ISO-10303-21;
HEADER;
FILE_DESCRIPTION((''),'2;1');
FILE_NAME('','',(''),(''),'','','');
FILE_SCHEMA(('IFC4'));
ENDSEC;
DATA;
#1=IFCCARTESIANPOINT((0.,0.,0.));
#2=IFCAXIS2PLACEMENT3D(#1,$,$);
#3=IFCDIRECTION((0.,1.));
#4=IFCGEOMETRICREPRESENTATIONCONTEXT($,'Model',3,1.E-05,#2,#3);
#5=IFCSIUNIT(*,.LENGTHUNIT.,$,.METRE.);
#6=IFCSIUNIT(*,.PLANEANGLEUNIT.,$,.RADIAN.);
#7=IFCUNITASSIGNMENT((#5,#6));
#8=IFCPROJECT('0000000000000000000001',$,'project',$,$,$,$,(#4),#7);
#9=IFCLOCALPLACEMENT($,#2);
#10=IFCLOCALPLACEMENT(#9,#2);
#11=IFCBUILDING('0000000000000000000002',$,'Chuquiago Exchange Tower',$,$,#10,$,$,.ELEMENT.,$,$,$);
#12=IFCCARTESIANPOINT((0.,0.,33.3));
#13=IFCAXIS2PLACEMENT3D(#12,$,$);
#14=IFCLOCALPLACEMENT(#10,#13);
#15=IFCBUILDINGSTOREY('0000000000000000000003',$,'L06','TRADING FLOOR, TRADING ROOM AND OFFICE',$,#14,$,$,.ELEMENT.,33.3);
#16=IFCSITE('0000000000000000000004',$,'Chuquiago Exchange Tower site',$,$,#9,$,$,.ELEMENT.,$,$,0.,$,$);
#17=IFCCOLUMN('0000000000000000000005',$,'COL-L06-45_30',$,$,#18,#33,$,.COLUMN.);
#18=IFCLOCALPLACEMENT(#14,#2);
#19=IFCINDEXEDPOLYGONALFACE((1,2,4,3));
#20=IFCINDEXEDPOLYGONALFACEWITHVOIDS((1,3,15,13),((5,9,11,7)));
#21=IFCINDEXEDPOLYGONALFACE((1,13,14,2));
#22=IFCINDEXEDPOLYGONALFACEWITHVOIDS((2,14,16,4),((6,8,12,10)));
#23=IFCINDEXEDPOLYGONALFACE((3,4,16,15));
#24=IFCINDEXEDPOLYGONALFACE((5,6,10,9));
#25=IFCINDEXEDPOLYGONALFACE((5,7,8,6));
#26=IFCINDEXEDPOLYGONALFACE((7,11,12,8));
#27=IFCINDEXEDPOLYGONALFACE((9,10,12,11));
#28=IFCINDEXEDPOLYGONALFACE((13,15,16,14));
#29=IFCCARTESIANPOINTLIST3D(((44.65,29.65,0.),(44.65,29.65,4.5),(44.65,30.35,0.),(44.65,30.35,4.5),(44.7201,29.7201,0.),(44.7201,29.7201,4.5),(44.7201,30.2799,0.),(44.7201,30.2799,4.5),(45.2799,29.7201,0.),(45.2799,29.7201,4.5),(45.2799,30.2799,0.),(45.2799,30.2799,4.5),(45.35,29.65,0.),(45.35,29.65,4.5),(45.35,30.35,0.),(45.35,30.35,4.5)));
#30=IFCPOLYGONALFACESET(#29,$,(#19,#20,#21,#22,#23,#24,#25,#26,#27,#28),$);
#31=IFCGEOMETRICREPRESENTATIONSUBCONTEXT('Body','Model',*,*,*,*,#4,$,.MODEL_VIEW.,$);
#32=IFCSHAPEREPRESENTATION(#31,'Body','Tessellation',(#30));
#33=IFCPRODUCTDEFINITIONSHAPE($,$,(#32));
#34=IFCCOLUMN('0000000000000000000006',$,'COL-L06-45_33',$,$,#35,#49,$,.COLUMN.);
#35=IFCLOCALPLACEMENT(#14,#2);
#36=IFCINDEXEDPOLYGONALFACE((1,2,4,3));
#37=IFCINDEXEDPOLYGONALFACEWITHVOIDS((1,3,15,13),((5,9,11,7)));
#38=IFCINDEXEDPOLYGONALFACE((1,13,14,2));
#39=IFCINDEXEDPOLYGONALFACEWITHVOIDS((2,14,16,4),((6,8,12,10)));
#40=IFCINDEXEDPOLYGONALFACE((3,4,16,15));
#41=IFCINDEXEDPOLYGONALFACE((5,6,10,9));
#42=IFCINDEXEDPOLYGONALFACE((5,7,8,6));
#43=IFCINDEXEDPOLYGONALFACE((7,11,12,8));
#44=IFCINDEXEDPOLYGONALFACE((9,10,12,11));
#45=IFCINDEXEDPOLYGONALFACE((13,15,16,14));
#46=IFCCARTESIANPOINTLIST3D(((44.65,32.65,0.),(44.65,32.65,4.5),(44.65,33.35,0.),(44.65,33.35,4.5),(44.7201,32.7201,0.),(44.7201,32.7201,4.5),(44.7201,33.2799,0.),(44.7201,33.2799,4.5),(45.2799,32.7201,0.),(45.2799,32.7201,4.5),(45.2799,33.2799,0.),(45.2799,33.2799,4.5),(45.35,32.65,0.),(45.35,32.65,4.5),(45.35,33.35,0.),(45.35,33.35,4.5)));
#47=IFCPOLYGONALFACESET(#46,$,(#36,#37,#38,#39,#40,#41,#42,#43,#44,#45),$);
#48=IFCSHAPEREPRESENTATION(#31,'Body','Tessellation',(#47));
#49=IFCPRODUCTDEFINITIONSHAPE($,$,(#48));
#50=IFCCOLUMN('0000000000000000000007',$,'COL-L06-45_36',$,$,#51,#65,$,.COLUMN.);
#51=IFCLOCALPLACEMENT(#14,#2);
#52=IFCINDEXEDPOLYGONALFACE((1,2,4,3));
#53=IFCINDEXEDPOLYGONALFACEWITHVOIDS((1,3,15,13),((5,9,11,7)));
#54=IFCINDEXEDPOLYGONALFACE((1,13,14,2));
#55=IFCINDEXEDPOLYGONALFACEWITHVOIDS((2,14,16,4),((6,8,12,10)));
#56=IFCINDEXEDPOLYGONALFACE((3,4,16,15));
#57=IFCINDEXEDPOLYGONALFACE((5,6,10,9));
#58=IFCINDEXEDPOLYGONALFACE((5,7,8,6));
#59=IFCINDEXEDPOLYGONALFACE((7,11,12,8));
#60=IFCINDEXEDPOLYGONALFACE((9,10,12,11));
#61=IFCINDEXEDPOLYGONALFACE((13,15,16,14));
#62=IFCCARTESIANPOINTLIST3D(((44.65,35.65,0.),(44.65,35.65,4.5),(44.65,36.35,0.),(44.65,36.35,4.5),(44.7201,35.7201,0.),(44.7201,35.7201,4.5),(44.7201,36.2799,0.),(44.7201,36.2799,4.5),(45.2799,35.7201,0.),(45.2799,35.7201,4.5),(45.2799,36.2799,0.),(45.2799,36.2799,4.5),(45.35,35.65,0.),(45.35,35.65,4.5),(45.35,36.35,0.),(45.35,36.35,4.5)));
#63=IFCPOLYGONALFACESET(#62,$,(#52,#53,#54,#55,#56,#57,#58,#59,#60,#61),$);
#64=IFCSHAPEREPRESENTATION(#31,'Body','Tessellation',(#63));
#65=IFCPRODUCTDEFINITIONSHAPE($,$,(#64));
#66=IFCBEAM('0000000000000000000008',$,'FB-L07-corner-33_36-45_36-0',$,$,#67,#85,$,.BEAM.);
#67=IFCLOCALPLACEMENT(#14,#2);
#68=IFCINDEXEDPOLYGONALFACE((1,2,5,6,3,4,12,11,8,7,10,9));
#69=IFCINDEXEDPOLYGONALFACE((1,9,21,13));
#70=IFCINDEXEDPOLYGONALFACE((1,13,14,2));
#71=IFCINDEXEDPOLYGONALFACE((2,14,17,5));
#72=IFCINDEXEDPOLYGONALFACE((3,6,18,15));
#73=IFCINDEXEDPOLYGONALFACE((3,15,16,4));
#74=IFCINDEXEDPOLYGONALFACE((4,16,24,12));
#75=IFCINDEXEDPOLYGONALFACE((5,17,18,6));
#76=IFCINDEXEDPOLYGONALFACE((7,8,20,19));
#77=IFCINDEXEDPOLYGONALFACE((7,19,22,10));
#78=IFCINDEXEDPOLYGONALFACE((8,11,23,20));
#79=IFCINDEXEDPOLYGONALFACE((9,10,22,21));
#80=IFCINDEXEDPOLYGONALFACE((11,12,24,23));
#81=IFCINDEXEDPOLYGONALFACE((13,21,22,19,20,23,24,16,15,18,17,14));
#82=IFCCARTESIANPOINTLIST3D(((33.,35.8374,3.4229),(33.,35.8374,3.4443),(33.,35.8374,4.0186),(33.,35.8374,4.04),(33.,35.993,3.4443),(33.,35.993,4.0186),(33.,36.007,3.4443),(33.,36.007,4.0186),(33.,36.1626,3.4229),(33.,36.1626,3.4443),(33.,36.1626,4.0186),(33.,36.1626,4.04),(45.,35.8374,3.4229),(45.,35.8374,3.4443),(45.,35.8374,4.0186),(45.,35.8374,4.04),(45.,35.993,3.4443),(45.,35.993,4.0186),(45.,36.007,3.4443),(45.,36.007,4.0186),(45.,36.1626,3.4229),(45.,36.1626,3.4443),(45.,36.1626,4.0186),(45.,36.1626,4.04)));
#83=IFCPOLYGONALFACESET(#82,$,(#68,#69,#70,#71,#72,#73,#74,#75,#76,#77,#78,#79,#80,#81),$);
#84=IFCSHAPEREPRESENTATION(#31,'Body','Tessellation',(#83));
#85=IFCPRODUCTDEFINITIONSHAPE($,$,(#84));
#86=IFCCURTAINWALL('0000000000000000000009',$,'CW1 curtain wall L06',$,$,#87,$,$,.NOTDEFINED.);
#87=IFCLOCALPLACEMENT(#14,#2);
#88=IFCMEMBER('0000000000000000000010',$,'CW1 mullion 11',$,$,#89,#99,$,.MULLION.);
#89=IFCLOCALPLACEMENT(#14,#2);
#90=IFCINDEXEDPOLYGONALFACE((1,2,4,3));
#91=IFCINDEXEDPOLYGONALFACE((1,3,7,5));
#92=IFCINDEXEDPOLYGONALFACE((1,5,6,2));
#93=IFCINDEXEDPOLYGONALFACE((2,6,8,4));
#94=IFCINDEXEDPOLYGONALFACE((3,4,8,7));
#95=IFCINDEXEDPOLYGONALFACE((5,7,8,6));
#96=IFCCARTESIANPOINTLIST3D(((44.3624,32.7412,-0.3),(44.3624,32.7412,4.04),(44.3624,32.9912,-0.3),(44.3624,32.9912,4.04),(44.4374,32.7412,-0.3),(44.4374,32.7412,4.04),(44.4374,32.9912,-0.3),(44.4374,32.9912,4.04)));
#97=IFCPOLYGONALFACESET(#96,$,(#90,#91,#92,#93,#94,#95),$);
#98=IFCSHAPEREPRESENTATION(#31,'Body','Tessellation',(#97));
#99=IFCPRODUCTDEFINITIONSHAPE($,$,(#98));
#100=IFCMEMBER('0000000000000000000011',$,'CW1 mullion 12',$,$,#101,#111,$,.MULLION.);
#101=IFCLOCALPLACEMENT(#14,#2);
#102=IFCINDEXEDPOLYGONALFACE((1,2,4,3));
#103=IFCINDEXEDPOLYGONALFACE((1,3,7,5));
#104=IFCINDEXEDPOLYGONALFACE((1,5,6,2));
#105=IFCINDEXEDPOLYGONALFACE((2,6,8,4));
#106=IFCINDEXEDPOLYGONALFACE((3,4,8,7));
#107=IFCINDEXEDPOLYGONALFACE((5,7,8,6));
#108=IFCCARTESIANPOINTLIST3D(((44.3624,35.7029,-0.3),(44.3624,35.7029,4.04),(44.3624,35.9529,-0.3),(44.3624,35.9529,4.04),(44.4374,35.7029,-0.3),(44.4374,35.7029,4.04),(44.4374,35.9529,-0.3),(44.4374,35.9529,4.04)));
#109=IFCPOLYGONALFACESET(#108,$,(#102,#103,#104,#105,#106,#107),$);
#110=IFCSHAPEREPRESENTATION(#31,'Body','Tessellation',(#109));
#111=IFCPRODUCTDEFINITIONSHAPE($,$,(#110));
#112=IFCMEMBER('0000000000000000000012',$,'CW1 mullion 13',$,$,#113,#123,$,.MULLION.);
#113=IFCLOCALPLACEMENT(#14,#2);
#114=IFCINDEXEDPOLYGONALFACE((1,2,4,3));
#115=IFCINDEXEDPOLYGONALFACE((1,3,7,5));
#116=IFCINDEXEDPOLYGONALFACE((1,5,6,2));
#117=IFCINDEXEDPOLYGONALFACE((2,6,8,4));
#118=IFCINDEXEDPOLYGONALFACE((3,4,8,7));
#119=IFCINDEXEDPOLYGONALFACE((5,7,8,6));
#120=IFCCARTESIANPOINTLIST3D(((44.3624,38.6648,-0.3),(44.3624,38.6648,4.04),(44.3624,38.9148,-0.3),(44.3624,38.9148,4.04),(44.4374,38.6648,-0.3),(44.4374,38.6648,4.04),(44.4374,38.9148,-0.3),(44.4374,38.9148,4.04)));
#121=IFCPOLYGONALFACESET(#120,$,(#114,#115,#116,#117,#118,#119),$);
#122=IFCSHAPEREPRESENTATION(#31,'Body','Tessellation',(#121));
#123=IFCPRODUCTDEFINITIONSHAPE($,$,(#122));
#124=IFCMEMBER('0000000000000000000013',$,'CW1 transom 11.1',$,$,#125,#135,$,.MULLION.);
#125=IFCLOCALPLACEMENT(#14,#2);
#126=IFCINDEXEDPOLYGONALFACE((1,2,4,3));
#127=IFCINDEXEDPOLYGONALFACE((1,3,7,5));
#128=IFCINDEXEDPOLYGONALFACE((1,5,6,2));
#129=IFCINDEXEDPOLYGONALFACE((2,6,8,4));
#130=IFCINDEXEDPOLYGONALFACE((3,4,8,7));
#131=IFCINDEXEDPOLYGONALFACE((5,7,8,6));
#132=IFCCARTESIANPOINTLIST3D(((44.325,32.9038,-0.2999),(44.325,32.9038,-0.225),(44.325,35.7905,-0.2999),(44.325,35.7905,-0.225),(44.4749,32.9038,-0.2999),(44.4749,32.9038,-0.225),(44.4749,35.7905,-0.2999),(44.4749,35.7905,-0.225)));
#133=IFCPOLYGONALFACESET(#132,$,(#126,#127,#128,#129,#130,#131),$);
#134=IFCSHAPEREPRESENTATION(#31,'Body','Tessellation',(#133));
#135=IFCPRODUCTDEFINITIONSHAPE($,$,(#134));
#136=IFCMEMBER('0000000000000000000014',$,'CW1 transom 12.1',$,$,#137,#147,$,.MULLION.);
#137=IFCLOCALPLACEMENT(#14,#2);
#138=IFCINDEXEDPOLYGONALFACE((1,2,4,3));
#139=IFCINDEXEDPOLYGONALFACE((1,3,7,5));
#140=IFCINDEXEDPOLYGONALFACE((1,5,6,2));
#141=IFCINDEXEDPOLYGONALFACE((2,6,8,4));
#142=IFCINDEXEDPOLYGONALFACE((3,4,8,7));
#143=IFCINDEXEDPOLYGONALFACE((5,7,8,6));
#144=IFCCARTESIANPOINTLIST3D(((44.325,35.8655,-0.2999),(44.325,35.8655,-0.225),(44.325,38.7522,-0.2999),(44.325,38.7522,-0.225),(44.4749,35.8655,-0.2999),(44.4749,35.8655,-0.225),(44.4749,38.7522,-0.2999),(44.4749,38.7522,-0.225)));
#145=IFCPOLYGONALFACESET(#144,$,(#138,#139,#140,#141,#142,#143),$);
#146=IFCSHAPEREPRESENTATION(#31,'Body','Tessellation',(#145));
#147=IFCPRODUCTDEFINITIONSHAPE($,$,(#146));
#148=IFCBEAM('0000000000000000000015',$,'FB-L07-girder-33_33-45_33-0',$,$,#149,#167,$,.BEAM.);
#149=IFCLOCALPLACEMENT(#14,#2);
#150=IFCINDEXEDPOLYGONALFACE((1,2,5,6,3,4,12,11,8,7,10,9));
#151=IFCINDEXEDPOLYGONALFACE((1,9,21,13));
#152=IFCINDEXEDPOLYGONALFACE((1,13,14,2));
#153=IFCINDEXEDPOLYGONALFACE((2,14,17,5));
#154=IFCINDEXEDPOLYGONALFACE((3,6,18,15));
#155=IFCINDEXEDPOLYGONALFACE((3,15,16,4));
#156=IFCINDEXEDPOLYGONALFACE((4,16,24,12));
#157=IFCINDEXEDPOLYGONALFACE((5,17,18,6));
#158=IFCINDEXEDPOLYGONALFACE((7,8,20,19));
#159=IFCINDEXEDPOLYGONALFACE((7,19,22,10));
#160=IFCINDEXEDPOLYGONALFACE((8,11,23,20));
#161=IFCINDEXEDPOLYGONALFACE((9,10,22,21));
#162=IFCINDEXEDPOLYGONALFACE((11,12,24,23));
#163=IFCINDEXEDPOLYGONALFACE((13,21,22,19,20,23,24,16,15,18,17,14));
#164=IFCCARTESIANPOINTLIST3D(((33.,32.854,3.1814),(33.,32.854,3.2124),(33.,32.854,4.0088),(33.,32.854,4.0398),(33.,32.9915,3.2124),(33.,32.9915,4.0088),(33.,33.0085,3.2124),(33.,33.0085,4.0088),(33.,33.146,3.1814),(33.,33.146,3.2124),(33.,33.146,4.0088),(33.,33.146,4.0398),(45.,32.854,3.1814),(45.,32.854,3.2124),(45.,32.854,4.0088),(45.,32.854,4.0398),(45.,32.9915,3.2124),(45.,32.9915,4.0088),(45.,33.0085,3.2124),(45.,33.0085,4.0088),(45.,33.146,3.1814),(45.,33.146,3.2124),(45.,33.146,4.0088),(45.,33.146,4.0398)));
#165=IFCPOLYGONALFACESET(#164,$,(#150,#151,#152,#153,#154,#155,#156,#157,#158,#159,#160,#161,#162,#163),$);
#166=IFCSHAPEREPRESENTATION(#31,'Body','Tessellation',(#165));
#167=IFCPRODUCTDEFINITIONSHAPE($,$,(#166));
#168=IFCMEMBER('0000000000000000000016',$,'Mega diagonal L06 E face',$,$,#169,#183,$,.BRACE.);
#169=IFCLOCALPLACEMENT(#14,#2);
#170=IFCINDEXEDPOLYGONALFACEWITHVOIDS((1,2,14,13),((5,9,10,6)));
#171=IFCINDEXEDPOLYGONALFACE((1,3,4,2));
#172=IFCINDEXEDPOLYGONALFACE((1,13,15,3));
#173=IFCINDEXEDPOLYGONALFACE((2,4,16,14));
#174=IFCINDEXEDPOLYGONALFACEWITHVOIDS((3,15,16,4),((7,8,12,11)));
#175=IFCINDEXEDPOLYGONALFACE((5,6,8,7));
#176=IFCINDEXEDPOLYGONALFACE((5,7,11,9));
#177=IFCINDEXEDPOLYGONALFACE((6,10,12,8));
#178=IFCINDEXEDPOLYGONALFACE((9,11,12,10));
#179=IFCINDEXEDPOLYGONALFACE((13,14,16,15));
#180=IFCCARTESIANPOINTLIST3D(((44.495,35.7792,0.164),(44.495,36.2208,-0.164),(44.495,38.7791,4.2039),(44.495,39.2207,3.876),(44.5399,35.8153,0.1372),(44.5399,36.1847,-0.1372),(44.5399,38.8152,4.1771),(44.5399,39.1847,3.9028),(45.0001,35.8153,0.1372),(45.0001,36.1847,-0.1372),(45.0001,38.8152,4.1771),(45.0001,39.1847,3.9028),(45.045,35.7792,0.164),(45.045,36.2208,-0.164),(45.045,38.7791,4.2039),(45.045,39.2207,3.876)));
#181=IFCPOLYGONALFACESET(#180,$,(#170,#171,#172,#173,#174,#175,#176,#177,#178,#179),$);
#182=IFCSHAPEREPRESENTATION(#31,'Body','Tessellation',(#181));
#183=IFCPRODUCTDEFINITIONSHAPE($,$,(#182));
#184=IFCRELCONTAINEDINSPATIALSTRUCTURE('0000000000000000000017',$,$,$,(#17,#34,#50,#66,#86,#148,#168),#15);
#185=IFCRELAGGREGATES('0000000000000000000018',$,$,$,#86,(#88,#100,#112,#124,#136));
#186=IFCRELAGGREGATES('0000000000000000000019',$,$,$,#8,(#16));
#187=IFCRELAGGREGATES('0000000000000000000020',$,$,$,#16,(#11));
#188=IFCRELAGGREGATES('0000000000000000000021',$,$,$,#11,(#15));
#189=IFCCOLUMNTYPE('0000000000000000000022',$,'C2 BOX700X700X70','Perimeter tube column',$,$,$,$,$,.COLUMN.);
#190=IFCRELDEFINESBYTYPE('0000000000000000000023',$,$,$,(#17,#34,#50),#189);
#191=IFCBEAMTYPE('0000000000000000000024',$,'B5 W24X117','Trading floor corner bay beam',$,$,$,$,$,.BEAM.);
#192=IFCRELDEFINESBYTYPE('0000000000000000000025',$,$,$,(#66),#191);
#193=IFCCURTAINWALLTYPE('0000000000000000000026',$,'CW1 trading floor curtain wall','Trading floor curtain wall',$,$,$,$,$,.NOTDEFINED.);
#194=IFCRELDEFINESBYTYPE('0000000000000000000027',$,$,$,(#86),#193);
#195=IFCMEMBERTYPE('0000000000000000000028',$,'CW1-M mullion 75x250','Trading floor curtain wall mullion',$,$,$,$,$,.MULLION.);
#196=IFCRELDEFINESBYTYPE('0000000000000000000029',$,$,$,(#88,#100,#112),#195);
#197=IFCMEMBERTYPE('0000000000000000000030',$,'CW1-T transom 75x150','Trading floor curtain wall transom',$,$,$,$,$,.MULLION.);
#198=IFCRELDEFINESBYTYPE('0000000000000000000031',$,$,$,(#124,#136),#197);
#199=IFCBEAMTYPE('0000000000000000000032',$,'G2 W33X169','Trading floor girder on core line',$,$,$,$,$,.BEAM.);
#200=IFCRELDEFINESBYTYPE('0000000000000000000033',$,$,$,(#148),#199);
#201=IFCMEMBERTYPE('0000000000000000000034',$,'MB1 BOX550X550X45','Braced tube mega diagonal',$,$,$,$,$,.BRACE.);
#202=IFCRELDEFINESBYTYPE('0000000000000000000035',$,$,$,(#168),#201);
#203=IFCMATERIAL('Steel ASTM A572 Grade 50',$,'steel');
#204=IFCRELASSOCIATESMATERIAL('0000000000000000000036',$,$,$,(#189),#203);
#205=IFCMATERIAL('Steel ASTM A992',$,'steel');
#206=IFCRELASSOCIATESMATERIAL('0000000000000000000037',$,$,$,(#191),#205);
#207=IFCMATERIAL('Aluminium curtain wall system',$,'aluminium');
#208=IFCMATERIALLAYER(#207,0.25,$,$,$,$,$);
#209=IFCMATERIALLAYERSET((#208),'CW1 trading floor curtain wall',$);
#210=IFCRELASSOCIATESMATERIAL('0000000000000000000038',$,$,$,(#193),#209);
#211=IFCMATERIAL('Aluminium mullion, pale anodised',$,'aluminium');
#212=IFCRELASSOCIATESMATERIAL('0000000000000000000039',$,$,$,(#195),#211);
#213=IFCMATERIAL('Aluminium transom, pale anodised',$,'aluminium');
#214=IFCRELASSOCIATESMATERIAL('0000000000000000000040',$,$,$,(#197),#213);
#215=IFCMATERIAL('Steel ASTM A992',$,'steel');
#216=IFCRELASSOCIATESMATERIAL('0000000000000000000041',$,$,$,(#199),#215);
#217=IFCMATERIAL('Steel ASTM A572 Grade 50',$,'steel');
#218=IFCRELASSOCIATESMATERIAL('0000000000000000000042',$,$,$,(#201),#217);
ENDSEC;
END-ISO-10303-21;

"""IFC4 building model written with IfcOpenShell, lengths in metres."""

from ifc_helpers import new_model, si_unit, direction, frame, origin, origin_2d, place, context, subcontext, project, spatial, rectangle, hollow_rectangle, i_section, extrude, material, layer, layer_set, material_profile, profile_set, type_object, element, aggregate, save


model = new_model("IFC4")

# Units and contexts
model_context = context("Model", 3, precision=1e-05, world=origin(), true_north=direction((0.0, 1.0)))
body_context = subcontext(model_context, "Body", "Model", "MODEL_VIEW")
ifc_project = project(units=[si_unit("LENGTHUNIT", "METRE"), si_unit("PLANEANGLEUNIT", "RADIAN")], contexts=[model_context])

# Site, building, storey
site_placement = place(None, origin())
site = spatial("IfcSite", under=ifc_project, at=site_placement, Name="Chuquiago Exchange Tower site", CompositionType="ELEMENT", RefElevation=0.0)
building_placement = place(site_placement, origin())
building = spatial("IfcBuilding", under=site, at=building_placement, Name="Chuquiago Exchange Tower", CompositionType="ELEMENT")
storey_placement = place(building_placement, frame((0.0, 0.0, 33.3)))
storey = spatial("IfcBuildingStorey", under=building, at=storey_placement, Name="L06", Description="TRADING FLOOR, TRADING ROOM AND OFFICE", CompositionType="ELEMENT", Elevation=33.3)

# Columns
ifc_material_1 = material(Name="Steel ASTM A572 Grade 50", Category="steel")
ifc_material_profile_1 = material_profile(ifc_material_1, hollow_rectangle(XDim=0.7, YDim=0.7, WallThickness=0.0701, at=origin_2d()), Name="BOX700X700X70")
ifc_profile_set_1 = profile_set([ifc_material_profile_1], Name="Steel ASTM A572 Grade 50")
column_type = type_object("IfcColumnType", Name="C2 BOX700X700X70", Description="Perimeter tube column", PredefinedType="COLUMN", material=ifc_profile_set_1)
for number, where, z_axis, x_axis, name in (
    (1, (45.0, 30.0, 0.0), (0.0, 0.0, 1.0), (1.0, 0.0, 0.0), "COL-L06-45_30"),
    (2, (45.0, 33.0, 0.0), (0.0, 0.0, 1.0), (1.0, 0.0, 0.0), "COL-L06-45_33"),
    (3, (45.0, 36.0, 0.0), (0.0, 0.0, 1.0), (1.0, 0.0, 0.0), "COL-L06-45_36"),
):
    element("IfcColumn", number, at=place(storey_placement, frame(where, z_axis=z_axis, x_axis=x_axis)), inside=storey, type_object=column_type, Name=name, PredefinedType="COLUMN", context=body_context, shape_type="SweptSolid", body=[
        extrude(hollow_rectangle(XDim=0.7, YDim=0.7, WallThickness=0.0701, at=origin_2d()), origin(), (0.0, 0.0, 1.0), 4.5),
    ])

# Beam
ifc_material_2 = material(Name="Steel ASTM A992", Category="steel")
ifc_material_profile_2 = material_profile(ifc_material_2, i_section(OverallWidth=0.3252, OverallDepth=0.6172, WebThickness=0.0139, FlangeThickness=0.0215, at=origin_2d()), Name="W24X117")
ifc_profile_set_2 = profile_set([ifc_material_profile_2], Name="Steel ASTM A992")
beam_type_1 = type_object("IfcBeamType", Name="B5 W24X117", Description="Trading floor corner bay beam", PredefinedType="BEAM", material=ifc_profile_set_2)
beam_1_placement = place(storey_placement, frame((33.0, 36.0, 3.7314), z_axis=(1.0, 0.0, 0.0), x_axis=(0.0, 1.0, 0.0)))
element("IfcBeam", 4, at=beam_1_placement, inside=storey, type_object=beam_type_1, Name="FB-L07-corner-33_36-45_36-0", PredefinedType="BEAM", context=body_context, shape_type="SweptSolid", body=[
    extrude(i_section(OverallWidth=0.3252, OverallDepth=0.6172, WebThickness=0.0139, FlangeThickness=0.0215, at=origin_2d()), origin(), (0.0, 0.0, 1.0), 12.0),
])

# Curtain wall, members
ifc_material_3 = material(Name="Aluminium curtain wall system", Category="aluminium")
ifc_layer_1 = layer(ifc_material_3, 0.25)
ifc_layer_set_1 = layer_set([ifc_layer_1], Name="CW1 trading floor curtain wall")
curtain_wall_type = type_object("IfcCurtainWallType", Name="CW1 trading floor curtain wall", Description="Trading floor curtain wall", PredefinedType="NOTDEFINED", material=ifc_layer_set_1)
curtain_wall_placement = place(storey_placement, origin())
curtain_wall = element("IfcCurtainWall", 5, at=curtain_wall_placement, inside=storey, type_object=curtain_wall_type, Name="CW1 curtain wall L06", PredefinedType="NOTDEFINED")
ifc_material_4 = material(Name="Aluminium mullion, pale anodised", Category="aluminium")
ifc_material_profile_3 = material_profile(ifc_material_4, rectangle(XDim=0.075, YDim=0.25, at=origin_2d()), Name="AL 75x250")
ifc_profile_set_3 = profile_set([ifc_material_profile_3], Name="Aluminium mullion, pale anodised")
member_type_1 = type_object("IfcMemberType", Name="CW1-M mullion 75x250", Description="Trading floor curtain wall mullion", PredefinedType="MULLION", material=ifc_profile_set_3)
member_1_placement = place(storey_placement, frame((44.3999, 32.8662, -0.3), z_axis=(0.0, 0.0, 1.0), x_axis=(-1.0, 0.0, 0.0)))
member_1 = element("IfcMember", 6, at=member_1_placement, type_object=member_type_1, Name="CW1 mullion 11", PredefinedType="MULLION", context=body_context, shape_type="SweptSolid", body=[
    extrude(rectangle(XDim=0.075, YDim=0.25, at=origin_2d()), origin(), (0.0, 0.0, 1.0), 4.3401),
])
member_2_placement = place(storey_placement, frame((44.3999, 35.8279, -0.3), z_axis=(0.0, 0.0, 1.0), x_axis=(-1.0, 0.0, 0.0)))
member_2 = element("IfcMember", 7, at=member_2_placement, type_object=member_type_1, Name="CW1 mullion 12", PredefinedType="MULLION", context=body_context, shape_type="SweptSolid", body=[
    extrude(rectangle(XDim=0.075, YDim=0.25, at=origin_2d()), origin(), (0.0, 0.0, 1.0), 4.3401),
])
member_3_placement = place(storey_placement, frame((44.3999, 38.7898, -0.3), z_axis=(0.0, 0.0, 1.0), x_axis=(-1.0, 0.0, 0.0)))
member_3 = element("IfcMember", 8, at=member_3_placement, type_object=member_type_1, Name="CW1 mullion 13", PredefinedType="MULLION", context=body_context, shape_type="SweptSolid", body=[
    extrude(rectangle(XDim=0.075, YDim=0.25, at=origin_2d()), origin(), (0.0, 0.0, 1.0), 4.3401),
])
ifc_material_5 = material(Name="Aluminium transom, pale anodised", Category="aluminium")
ifc_material_profile_4 = material_profile(ifc_material_5, rectangle(XDim=0.1499, YDim=0.075, at=origin_2d()), Name="AL 150x75")
ifc_profile_set_4 = profile_set([ifc_material_profile_4], Name="Aluminium transom, pale anodised")
member_type_2 = type_object("IfcMemberType", Name="CW1-T transom 75x150", Description="Trading floor curtain wall transom", PredefinedType="MULLION", material=ifc_profile_set_4)
member_4_placement = place(storey_placement, frame((44.3999, 32.9038, -0.2625), z_axis=(0.0, 1.0, 0.0), x_axis=(-1.0, 0.0, 0.0)))
member_4 = element("IfcMember", 9, at=member_4_placement, type_object=member_type_2, Name="CW1 transom 11.1", PredefinedType="MULLION", context=body_context, shape_type="SweptSolid", body=[
    extrude(rectangle(XDim=0.1499, YDim=0.075, at=origin_2d()), origin(), (0.0, 0.0, 1.0), 2.8867),
])
member_5_placement = place(storey_placement, frame((44.3999, 35.8655, -0.2625), z_axis=(0.0, 1.0, 0.0), x_axis=(-1.0, 0.0, 0.0)))
member_5 = element("IfcMember", 10, at=member_5_placement, type_object=member_type_2, Name="CW1 transom 12.1", PredefinedType="MULLION", context=body_context, shape_type="SweptSolid", body=[
    extrude(rectangle(XDim=0.1499, YDim=0.075, at=origin_2d()), origin(), (0.0, 0.0, 1.0), 2.8867),
])

# Beam
ifc_material_6 = material(Name="Steel ASTM A992", Category="steel")
ifc_material_profile_5 = material_profile(ifc_material_6, i_section(OverallWidth=0.292, OverallDepth=0.8584, WebThickness=0.0171, FlangeThickness=0.031, at=origin_2d()), Name="W33X169")
ifc_profile_set_5 = profile_set([ifc_material_profile_5], Name="Steel ASTM A992")
beam_type_2 = type_object("IfcBeamType", Name="G2 W33X169", Description="Trading floor girder on core line", PredefinedType="BEAM", material=ifc_profile_set_5)
beam_2_placement = place(storey_placement, frame((33.0, 33.0, 3.6106), z_axis=(1.0, 0.0, 0.0), x_axis=(0.0, 1.0, 0.0)))
element("IfcBeam", 11, at=beam_2_placement, inside=storey, type_object=beam_type_2, Name="FB-L07-girder-33_33-45_33-0", PredefinedType="BEAM", context=body_context, shape_type="SweptSolid", body=[
    extrude(i_section(OverallWidth=0.292, OverallDepth=0.8584, WebThickness=0.0171, FlangeThickness=0.031, at=origin_2d()), origin(), (0.0, 0.0, 1.0), 12.0),
])

# Member
ifc_material_7 = material(Name="Steel ASTM A572 Grade 50", Category="steel")
ifc_material_profile_6 = material_profile(ifc_material_7, hollow_rectangle(XDim=0.55, YDim=0.55, WallThickness=0.0449, at=origin_2d()), Name="BOX550X550X45")
ifc_profile_set_6 = profile_set([ifc_material_profile_6], Name="Steel ASTM A572 Grade 50")
member_type_3 = type_object("IfcMemberType", Name="MB1 BOX550X550X45", Description="Braced tube mega diagonal", PredefinedType="BRACE", material=ifc_profile_set_6)
member_6_placement = place(storey_placement, frame((44.77, 36.0, 0.0), z_axis=(0.0, 0.596174, 0.802855), x_axis=(-1.0, 0.0, 0.0)))
element("IfcMember", 12, at=member_6_placement, inside=storey, type_object=member_type_3, Name="Mega diagonal L06 E face", PredefinedType="BRACE", context=body_context, shape_type="SweptSolid", body=[
    extrude(hollow_rectangle(XDim=0.55, YDim=0.55, WallThickness=0.0449, at=origin_2d()), origin(), (0.0, 0.0, 1.0), 5.032),
])

aggregate(curtain_wall, [member_1, member_2, member_3, member_4, member_5])

save(model, "model.ifc")
